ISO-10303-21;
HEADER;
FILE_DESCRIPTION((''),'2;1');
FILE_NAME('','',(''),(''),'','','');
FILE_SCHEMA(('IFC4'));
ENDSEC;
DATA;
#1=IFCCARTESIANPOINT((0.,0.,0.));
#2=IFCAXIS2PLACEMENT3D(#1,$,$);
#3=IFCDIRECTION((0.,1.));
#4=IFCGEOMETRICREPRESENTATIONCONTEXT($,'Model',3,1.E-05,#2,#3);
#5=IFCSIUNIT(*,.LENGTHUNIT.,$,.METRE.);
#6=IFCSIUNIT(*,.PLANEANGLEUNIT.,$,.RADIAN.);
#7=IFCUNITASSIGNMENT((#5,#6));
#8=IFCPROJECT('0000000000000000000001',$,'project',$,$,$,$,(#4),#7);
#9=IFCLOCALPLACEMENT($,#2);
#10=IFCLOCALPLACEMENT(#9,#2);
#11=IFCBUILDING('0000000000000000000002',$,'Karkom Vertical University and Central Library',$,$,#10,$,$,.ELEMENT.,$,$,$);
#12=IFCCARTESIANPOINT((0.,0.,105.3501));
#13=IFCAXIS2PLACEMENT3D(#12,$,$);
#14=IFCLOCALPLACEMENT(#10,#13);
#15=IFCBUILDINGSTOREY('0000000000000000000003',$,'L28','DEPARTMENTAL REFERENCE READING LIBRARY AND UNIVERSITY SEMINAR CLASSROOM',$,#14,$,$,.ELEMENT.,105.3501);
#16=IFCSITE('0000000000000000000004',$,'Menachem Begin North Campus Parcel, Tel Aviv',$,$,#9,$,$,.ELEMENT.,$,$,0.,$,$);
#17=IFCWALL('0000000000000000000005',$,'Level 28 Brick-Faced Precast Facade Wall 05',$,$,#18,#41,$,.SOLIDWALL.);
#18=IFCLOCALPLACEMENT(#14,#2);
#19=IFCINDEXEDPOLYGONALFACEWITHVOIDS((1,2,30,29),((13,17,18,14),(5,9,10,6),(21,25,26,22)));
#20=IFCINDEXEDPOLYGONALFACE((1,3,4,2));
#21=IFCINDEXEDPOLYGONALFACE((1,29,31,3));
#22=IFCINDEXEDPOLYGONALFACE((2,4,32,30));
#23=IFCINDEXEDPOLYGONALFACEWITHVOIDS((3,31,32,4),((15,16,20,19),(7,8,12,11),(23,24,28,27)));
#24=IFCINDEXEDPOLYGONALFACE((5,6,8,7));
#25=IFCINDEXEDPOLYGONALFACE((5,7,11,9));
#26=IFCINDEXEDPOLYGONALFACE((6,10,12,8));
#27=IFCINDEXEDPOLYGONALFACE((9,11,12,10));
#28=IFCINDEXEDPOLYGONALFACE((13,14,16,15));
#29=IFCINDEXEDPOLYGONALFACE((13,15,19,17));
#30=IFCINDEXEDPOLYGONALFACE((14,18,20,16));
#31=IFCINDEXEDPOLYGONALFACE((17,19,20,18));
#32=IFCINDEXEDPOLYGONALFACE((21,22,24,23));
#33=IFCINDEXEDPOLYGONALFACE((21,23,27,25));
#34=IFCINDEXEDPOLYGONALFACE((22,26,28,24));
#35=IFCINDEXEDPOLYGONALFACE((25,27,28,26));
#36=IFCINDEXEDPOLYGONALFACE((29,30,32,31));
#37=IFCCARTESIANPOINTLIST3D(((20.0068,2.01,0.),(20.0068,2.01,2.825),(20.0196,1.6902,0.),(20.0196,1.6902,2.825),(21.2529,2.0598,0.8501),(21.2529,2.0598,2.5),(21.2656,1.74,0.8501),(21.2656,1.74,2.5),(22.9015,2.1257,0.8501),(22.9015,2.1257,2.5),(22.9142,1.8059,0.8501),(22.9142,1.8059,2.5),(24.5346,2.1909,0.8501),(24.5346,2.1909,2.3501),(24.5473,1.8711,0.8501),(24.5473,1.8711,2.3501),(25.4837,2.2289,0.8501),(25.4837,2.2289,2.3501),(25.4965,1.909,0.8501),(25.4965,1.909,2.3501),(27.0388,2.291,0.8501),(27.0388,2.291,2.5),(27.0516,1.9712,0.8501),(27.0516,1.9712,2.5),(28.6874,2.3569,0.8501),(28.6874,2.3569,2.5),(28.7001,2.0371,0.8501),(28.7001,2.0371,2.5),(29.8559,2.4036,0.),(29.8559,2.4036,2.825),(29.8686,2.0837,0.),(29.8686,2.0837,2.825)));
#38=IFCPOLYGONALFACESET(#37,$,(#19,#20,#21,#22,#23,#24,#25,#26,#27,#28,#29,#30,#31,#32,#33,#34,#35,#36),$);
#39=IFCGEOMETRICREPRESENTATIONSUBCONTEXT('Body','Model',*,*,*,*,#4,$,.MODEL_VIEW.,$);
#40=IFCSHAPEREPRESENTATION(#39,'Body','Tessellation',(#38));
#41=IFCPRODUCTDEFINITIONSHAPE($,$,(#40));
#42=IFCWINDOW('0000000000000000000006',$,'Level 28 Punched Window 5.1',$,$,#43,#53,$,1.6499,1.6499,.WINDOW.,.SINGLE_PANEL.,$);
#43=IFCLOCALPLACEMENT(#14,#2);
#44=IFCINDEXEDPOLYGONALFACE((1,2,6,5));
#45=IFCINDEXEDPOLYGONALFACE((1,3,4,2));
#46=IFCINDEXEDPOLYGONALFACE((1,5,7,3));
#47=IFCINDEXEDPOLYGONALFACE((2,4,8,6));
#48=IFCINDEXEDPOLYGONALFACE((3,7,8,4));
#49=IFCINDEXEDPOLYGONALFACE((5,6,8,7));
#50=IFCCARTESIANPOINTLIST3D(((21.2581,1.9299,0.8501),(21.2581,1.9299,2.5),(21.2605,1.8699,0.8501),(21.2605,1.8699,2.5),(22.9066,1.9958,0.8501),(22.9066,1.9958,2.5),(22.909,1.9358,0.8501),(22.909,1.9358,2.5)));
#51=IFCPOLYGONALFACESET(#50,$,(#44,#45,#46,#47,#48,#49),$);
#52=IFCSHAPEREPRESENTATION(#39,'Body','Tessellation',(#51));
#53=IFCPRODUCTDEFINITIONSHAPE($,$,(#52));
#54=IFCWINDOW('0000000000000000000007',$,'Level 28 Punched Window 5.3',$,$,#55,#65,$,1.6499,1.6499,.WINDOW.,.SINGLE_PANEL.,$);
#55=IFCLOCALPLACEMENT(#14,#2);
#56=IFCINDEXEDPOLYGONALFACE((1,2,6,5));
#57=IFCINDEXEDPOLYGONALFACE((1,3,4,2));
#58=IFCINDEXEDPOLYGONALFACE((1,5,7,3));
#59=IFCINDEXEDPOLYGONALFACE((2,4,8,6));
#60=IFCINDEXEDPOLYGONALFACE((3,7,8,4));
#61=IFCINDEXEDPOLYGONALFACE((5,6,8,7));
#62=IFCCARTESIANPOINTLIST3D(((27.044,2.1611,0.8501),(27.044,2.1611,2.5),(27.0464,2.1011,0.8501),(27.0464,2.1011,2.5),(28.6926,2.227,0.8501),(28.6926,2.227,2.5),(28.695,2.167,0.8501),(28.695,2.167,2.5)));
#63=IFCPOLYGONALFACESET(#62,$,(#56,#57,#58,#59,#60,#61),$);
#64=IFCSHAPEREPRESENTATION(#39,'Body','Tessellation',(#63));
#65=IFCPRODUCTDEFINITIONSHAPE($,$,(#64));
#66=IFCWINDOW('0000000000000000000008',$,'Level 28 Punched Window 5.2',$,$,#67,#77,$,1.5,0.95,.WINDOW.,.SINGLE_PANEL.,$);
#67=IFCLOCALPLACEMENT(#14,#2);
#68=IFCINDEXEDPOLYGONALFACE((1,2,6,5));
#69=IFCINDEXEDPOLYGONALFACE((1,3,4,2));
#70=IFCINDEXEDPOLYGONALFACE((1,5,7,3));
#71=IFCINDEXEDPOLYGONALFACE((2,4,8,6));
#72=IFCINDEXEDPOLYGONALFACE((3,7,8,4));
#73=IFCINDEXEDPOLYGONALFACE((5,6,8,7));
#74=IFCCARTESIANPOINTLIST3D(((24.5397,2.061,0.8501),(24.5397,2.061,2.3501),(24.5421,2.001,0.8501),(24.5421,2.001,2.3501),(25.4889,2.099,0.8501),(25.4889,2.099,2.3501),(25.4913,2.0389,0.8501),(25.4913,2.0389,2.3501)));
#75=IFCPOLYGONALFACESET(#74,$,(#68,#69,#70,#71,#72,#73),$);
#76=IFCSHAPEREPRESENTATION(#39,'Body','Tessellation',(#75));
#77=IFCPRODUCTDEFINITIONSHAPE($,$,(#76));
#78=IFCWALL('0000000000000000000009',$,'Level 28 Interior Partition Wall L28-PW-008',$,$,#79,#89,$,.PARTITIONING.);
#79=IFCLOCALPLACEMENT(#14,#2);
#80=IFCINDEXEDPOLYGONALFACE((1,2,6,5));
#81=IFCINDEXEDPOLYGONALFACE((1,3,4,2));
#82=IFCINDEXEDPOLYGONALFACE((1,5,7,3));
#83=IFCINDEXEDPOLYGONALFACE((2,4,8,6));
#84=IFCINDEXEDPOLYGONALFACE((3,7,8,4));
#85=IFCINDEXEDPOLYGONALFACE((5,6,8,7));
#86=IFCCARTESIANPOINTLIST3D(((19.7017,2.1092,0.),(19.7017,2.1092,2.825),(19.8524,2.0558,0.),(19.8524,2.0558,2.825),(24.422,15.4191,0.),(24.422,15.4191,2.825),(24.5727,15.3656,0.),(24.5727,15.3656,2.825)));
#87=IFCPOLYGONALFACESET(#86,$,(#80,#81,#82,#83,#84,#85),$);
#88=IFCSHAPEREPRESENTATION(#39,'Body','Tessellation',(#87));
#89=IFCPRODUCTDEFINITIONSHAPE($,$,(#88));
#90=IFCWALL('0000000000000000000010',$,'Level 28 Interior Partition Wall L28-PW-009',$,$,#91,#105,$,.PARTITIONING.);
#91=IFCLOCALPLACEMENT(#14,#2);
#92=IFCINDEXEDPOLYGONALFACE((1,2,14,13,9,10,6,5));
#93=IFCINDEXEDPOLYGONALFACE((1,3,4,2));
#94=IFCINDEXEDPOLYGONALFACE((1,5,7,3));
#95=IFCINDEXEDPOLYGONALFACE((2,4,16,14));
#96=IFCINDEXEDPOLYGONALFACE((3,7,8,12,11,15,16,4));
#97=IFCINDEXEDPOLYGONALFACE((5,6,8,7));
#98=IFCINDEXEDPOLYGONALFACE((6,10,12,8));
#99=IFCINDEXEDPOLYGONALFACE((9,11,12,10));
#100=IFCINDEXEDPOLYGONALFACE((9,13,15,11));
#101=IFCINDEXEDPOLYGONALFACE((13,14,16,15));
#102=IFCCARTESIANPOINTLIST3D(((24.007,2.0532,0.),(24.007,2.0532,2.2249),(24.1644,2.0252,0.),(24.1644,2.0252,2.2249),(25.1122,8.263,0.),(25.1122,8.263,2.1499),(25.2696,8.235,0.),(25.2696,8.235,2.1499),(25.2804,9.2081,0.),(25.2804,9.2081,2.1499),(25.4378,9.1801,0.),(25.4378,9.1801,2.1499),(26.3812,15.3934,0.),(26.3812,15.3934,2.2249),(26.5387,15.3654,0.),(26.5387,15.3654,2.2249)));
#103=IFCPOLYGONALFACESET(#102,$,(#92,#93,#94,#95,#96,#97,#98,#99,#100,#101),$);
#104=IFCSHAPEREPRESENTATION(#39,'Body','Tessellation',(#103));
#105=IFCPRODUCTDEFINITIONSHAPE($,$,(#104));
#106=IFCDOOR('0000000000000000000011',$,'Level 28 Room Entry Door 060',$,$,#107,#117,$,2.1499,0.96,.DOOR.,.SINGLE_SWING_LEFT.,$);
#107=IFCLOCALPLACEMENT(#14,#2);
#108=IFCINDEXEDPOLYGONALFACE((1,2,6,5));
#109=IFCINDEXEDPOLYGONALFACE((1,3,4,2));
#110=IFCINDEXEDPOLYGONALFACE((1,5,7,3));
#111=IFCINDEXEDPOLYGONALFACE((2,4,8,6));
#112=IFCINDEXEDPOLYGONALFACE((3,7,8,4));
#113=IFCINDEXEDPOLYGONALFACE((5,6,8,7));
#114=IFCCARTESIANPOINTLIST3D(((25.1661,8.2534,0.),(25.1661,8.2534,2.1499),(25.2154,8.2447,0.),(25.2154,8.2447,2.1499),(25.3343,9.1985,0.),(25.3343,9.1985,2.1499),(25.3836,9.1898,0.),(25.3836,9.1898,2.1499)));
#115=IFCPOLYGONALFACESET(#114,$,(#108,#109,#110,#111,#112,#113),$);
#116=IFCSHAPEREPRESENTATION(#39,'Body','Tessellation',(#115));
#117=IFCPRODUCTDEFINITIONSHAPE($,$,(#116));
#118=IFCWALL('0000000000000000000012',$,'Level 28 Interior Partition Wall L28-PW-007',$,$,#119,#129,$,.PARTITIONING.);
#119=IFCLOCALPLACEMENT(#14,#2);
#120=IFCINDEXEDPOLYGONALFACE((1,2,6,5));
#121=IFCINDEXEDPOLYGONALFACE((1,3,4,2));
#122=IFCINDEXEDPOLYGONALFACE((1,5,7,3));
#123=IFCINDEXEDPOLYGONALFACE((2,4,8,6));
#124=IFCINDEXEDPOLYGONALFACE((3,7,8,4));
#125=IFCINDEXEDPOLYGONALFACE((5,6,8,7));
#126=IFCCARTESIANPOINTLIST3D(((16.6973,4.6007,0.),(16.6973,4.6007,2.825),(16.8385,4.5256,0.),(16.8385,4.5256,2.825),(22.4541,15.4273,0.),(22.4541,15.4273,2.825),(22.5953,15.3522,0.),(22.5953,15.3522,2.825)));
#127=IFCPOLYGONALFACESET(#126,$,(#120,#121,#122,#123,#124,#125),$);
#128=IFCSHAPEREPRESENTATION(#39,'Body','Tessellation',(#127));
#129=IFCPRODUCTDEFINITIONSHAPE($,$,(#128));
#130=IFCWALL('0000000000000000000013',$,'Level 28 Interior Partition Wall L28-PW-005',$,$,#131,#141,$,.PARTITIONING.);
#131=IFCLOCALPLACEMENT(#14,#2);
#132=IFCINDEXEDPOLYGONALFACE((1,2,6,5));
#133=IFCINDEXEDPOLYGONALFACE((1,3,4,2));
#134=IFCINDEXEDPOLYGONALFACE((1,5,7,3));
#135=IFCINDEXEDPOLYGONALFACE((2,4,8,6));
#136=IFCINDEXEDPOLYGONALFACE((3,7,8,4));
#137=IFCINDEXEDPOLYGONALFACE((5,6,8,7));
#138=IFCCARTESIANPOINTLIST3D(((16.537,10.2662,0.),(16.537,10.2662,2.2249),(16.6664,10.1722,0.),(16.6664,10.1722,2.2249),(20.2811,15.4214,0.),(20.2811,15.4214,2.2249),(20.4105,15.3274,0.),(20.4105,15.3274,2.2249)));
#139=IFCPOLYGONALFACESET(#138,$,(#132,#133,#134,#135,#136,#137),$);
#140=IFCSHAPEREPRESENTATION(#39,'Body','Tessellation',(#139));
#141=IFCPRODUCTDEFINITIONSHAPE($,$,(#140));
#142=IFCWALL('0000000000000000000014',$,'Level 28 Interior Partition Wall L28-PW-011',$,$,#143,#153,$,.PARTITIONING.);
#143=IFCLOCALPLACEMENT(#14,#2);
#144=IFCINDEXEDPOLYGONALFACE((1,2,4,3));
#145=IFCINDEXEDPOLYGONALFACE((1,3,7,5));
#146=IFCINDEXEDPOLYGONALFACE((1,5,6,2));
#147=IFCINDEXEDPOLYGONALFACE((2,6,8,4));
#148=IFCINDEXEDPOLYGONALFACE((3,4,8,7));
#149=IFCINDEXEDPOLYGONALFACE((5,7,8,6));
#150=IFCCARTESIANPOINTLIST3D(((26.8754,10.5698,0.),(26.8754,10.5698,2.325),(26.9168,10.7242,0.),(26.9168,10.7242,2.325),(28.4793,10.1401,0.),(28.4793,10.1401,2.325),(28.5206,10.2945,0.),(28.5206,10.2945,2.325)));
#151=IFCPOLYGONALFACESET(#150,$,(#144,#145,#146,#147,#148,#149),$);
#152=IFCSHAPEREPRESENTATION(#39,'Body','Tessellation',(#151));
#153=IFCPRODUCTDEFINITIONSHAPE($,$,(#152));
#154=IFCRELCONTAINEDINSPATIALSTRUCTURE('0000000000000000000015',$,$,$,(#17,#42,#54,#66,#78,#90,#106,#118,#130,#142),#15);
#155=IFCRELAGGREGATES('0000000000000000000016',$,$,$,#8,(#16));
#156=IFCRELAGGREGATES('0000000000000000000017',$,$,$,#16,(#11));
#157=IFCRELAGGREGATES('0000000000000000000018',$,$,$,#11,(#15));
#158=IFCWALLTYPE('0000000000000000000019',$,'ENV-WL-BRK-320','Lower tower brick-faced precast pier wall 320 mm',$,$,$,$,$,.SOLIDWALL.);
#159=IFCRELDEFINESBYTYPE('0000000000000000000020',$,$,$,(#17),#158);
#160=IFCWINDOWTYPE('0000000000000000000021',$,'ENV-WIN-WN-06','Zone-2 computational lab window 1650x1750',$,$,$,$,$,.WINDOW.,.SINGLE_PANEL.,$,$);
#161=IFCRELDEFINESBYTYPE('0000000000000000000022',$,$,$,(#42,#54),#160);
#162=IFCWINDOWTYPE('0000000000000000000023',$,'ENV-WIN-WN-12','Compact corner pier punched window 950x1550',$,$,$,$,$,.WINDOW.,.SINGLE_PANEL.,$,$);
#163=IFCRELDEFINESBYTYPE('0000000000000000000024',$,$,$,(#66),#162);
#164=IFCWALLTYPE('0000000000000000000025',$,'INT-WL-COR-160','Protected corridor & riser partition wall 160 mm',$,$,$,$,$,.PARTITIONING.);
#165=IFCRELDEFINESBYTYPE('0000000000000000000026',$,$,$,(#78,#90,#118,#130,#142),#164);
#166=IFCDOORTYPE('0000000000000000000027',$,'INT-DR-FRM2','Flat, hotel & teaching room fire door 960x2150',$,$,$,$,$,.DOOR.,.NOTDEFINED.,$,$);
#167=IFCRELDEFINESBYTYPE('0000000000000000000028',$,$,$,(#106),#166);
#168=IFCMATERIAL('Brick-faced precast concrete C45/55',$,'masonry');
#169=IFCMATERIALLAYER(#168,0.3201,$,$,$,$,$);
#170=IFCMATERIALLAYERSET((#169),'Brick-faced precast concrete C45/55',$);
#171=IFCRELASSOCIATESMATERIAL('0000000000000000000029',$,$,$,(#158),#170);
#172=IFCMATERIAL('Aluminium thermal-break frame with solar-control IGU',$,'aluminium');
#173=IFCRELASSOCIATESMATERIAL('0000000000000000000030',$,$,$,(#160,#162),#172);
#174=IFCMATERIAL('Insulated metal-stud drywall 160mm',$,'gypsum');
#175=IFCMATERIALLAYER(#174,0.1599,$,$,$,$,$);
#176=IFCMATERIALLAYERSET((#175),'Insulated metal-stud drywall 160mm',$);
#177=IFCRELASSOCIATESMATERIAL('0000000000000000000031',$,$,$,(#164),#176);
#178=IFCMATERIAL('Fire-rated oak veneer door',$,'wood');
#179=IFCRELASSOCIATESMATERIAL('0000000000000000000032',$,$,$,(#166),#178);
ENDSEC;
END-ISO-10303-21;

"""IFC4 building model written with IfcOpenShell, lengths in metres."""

from ifc_helpers import new_model, si_unit, direction, frame, frame_2d, origin, origin_with_axes, place, context, subcontext, project, spatial, rectangle, extrude, source, transform, mapped, material, layer, layer_set, type_object, element, fill, save


model = new_model("IFC4")

# Units and contexts
model_context = context("Model", 3, precision=1e-05, world=origin(), true_north=direction((0.0, 1.0)))
body_context = subcontext(model_context, "Body", "Model", "MODEL_VIEW")
ifc_project = project(units=[si_unit("LENGTHUNIT", "METRE"), si_unit("PLANEANGLEUNIT", "RADIAN")], contexts=[model_context])

# Site, building, storey
site_placement = place(None, origin())
site = spatial("IfcSite", under=ifc_project, at=site_placement, Name="Menachem Begin North Campus Parcel, Tel Aviv", CompositionType="ELEMENT", RefElevation=0.0)
building_placement = place(site_placement, origin())
building = spatial("IfcBuilding", under=site, at=building_placement, Name="Karkom Vertical University and Central Library", CompositionType="ELEMENT")
storey_placement = place(building_placement, frame((0.0, 0.0, 105.3501)))
storey = spatial("IfcBuildingStorey", under=building, at=storey_placement, Name="L28", Description="DEPARTMENTAL REFERENCE READING LIBRARY AND UNIVERSITY SEMINAR CLASSROOM", CompositionType="ELEMENT", Elevation=105.3501)

# Wall, openings, windows
ifc_material_1 = material(Name="Brick-faced precast concrete C45/55", Category="masonry")
ifc_layer_1 = layer(ifc_material_1, 0.3201)
ifc_layer_set_1 = layer_set([ifc_layer_1], Name="Brick-faced precast concrete C45/55")
wall_type_1 = type_object("IfcWallType", Name="ENV-WL-BRK-320", Description="Lower tower brick-faced precast pier wall 320 mm", PredefinedType="SOLIDWALL", material=ifc_layer_set_1)
wall_1_placement = place(storey_placement, frame((20.0132, 1.8501, 0.0), z_axis=(0.0, 0.0, 1.0), x_axis=(0.999203, 0.039926, 0.0)))
wall_1 = element("IfcWall", 1, at=wall_1_placement, inside=storey, type_object=wall_type_1, Name="Level 28 Brick-Faced Precast Facade Wall 05", PredefinedType="SOLIDWALL", context=body_context, shape_type="SweptSolid", body=[
    extrude(rectangle(XDim=9.8569, YDim=0.3201, at=frame_2d((4.9285, 0.0))), origin(), (0.0, 0.0, 1.0), 2.825),
])
opening_1_placement = place(wall_1_placement, frame((1.2471, 0.0, 0.8501)))
opening_1 = element("IfcOpeningElement", 2, at=opening_1_placement, cuts=wall_1, PredefinedType="OPENING", context=body_context, shape_type="SweptSolid", body=[
    extrude(rectangle(XDim=1.6499, YDim=1.6499, at=frame_2d((0.825, 0.825))), frame((0.0, 0.1699, 0.0), z_axis=(0.0, -1.0, 0.0), x_axis=(1.0, 0.0, 0.0)), (0.0, 0.0, 1.0), 0.3401),
])
opening_2_placement = place(wall_1_placement, frame((4.5312, 0.0, 0.8501)))
opening_2 = element("IfcOpeningElement", 3, at=opening_2_placement, cuts=wall_1, PredefinedType="OPENING", context=body_context, shape_type="SweptSolid", body=[
    extrude(rectangle(XDim=0.95, YDim=1.5, at=frame_2d((0.4751, 0.75))), frame((0.0, 0.1699, 0.0), z_axis=(0.0, -1.0, 0.0), x_axis=(1.0, 0.0, 0.0)), (0.0, 0.0, 1.0), 0.3401),
])
opening_3_placement = place(wall_1_placement, frame((7.0376, 0.0, 0.8501)))
opening_3 = element("IfcOpeningElement", 4, at=opening_3_placement, cuts=wall_1, PredefinedType="OPENING", context=body_context, shape_type="SweptSolid", body=[
    extrude(rectangle(XDim=1.6499, YDim=1.6499, at=frame_2d((0.825, 0.825))), frame((0.0, 0.1699, 0.0), z_axis=(0.0, -1.0, 0.0), x_axis=(1.0, 0.0, 0.0)), (0.0, 0.0, 1.0), 0.3401),
])
ifc_material_2 = material(Name="Aluminium thermal-break frame with solar-control IGU", Category="aluminium")
window_type_1 = type_object("IfcWindowType", Name="ENV-WIN-WN-06", Description="Zone-2 computational lab window 1650x1750", PartitioningType="SINGLE_PANEL", PredefinedType="WINDOW", material=ifc_material_2)
shared_shape_1 = source(origin_with_axes(), body_context, "Body", "SweptSolid", [
    extrude(rectangle(XDim=1.6499, YDim=1.6499, at=frame_2d((0.825, 0.825))), frame((0.0, 0.03, 0.0), z_axis=(0.0, -1.0, 0.0), x_axis=(1.0, 0.0, 0.0)), (0.0, 0.0, 1.0), 0.0601),
])
window_1_placement = place(opening_1_placement, origin())
window_1 = element("IfcWindow", 5, at=window_1_placement, inside=storey, type_object=window_type_1, Name="Level 28 Punched Window 5.1", OverallHeight=1.6499, OverallWidth=1.6499, PartitioningType="SINGLE_PANEL", PredefinedType="WINDOW", context=body_context, shape_type="MappedRepresentation", body=[
    mapped(shared_shape_1, transform((0.0, 0.0, 0.0), scale=1.0)),
])
fill(opening_1, window_1)
window_2_placement = place(opening_3_placement, origin())
window_2 = element("IfcWindow", 6, at=window_2_placement, inside=storey, type_object=window_type_1, Name="Level 28 Punched Window 5.3", OverallHeight=1.6499, OverallWidth=1.6499, PartitioningType="SINGLE_PANEL", PredefinedType="WINDOW", context=body_context, shape_type="MappedRepresentation", body=[
    mapped(shared_shape_1, transform((0.0, 0.0, 0.0), scale=1.0)),
])
fill(opening_3, window_2)
window_type_2 = type_object("IfcWindowType", Name="ENV-WIN-WN-12", Description="Compact corner pier punched window 950x1550", PartitioningType="SINGLE_PANEL", PredefinedType="WINDOW", material=ifc_material_2)
shared_shape_2 = source(origin_with_axes(), body_context, "Body", "SweptSolid", [
    extrude(rectangle(XDim=0.95, YDim=1.5, at=frame_2d((0.4751, 0.75))), frame((0.0, 0.03, 0.0), z_axis=(0.0, -1.0, 0.0), x_axis=(1.0, 0.0, 0.0)), (0.0, 0.0, 1.0), 0.0601),
])
window_3_placement = place(opening_2_placement, origin())
window_3 = element("IfcWindow", 7, at=window_3_placement, inside=storey, type_object=window_type_2, Name="Level 28 Punched Window 5.2", OverallHeight=1.5, OverallWidth=0.95, PartitioningType="SINGLE_PANEL", PredefinedType="WINDOW", context=body_context, shape_type="MappedRepresentation", body=[
    mapped(shared_shape_2, transform((0.0, 0.0, 0.0), scale=1.0)),
])
fill(opening_2, window_3)

# Wall
ifc_material_3 = material(Name="Insulated metal-stud drywall 160mm", Category="gypsum")
ifc_layer_2 = layer(ifc_material_3, 0.1599)
ifc_layer_set_2 = layer_set([ifc_layer_2], Name="Insulated metal-stud drywall 160mm")
wall_type_2 = type_object("IfcWallType", Name="INT-WL-COR-160", Description="Protected corridor & riser partition wall 160 mm", PredefinedType="PARTITIONING", material=ifc_layer_set_2)
wall_2_placement = place(storey_placement, frame((24.4973, 15.3923, 0.0), z_axis=(0.0, 0.0, 1.0), x_axis=(-0.334245, -0.942486, 0.0)))
element("IfcWall", 8, at=wall_2_placement, inside=storey, type_object=wall_type_2, Name="Level 28 Interior Partition Wall L28-PW-008", PredefinedType="PARTITIONING", context=body_context, shape_type="SweptSolid", body=[
    extrude(rectangle(XDim=14.1221, YDim=0.1599, at=frame_2d((7.061, 0.0))), origin(), (0.0, 0.0, 1.0), 2.825),
])

# Wall, opening, door
wall_3_placement = place(storey_placement, frame((26.46, 15.3794, 0.0), z_axis=(0.0, 0.0, 1.0), x_axis=(-0.175226, -0.984528, 0.0)))
wall_3 = element("IfcWall", 9, at=wall_3_placement, inside=storey, type_object=wall_type_2, Name="Level 28 Interior Partition Wall L28-PW-009", PredefinedType="PARTITIONING", context=body_context, shape_type="SweptSolid", body=[
    extrude(rectangle(XDim=13.5498, YDim=0.1599, at=frame_2d((6.7749, 0.0))), origin(), (0.0, 0.0, 1.0), 2.2249),
])
opening_4_placement = place(wall_3_placement, frame((6.2825, 0.0, 0.0)))
opening_4 = element("IfcOpeningElement", 10, at=opening_4_placement, cuts=wall_3, PredefinedType="OPENING", context=body_context, shape_type="SweptSolid", body=[
    extrude(rectangle(XDim=0.96, YDim=2.1499, at=frame_2d((0.48, 1.075))), frame((0.0, 0.0898, 0.0), z_axis=(0.0, -1.0, 0.0), x_axis=(1.0, 0.0, 0.0)), (0.0, 0.0, 1.0), 0.1799),
])
ifc_material_4 = material(Name="Fire-rated oak veneer door", Category="wood")
door_type_1 = type_object("IfcDoorType", Name="INT-DR-FRM2", Description="Flat, hotel & teaching room fire door 960x2150", OperationType="NOTDEFINED", PredefinedType="DOOR", material=ifc_material_4)
shared_shape_3 = source(origin_with_axes(), body_context, "Body", "SweptSolid", [
    extrude(rectangle(XDim=0.96, YDim=2.1499, at=frame_2d((0.48, 1.075))), frame((0.0, 0.0249, 0.0), z_axis=(0.0, -1.0, 0.0), x_axis=(1.0, 0.0, 0.0)), (0.0, 0.0, 1.0), 0.05),
])
door_1_placement = place(opening_4_placement, origin())
door_1 = element("IfcDoor", 11, at=door_1_placement, inside=storey, type_object=door_type_1, Name="Level 28 Room Entry Door 060", OperationType="SINGLE_SWING_LEFT", OverallHeight=2.1499, OverallWidth=0.96, PredefinedType="DOOR", context=body_context, shape_type="MappedRepresentation", body=[
    mapped(shared_shape_3, transform((0.0, 0.0, 0.0), scale=1.0)),
])
fill(opening_4, door_1)

# Walls
wall_4_placement = place(storey_placement, frame((22.5247, 15.3896, 0.0), z_axis=(0.0, 0.0, 1.0), x_axis=(-0.469484, -0.882941, 0.0)))
element("IfcWall", 12, at=wall_4_placement, inside=storey, type_object=wall_type_2, Name="Level 28 Interior Partition Wall L28-PW-007", PredefinedType="PARTITIONING", context=body_context, shape_type="SweptSolid", body=[
    extrude(rectangle(XDim=12.262, YDim=0.1599, at=frame_2d((6.1309, 0.0))), origin(), (0.0, 0.0, 1.0), 2.825),
])
wall_5_placement = place(storey_placement, frame((20.3457, 15.3743, 0.0), z_axis=(0.0, 0.0, 1.0), x_axis=(-0.587643, -0.80912, 0.0)))
element("IfcWall", 13, at=wall_5_placement, inside=storey, type_object=wall_type_2, Name="Level 28 Interior Partition Wall L28-PW-005", PredefinedType="PARTITIONING", context=body_context, shape_type="SweptSolid", body=[
    extrude(rectangle(XDim=6.3713, YDim=0.1599, at=frame_2d((3.1855, 0.0))), origin(), (0.0, 0.0, 1.0), 2.2249),
])
wall_6_placement = place(storey_placement, frame((26.8962, 10.647, 0.0), z_axis=(0.0, 0.0, 1.0), x_axis=(0.965932, -0.258797, 0.0)))
element("IfcWall", 14, at=wall_6_placement, inside=storey, type_object=wall_type_2, Name="Level 28 Interior Partition Wall L28-PW-011", PredefinedType="PARTITIONING", context=body_context, shape_type="SweptSolid", body=[
    extrude(rectangle(XDim=1.6604, YDim=0.1599, at=frame_2d((0.8301, 0.0))), origin(), (0.0, 0.0, 1.0), 2.325),
])

save(model, "model.ifc")
